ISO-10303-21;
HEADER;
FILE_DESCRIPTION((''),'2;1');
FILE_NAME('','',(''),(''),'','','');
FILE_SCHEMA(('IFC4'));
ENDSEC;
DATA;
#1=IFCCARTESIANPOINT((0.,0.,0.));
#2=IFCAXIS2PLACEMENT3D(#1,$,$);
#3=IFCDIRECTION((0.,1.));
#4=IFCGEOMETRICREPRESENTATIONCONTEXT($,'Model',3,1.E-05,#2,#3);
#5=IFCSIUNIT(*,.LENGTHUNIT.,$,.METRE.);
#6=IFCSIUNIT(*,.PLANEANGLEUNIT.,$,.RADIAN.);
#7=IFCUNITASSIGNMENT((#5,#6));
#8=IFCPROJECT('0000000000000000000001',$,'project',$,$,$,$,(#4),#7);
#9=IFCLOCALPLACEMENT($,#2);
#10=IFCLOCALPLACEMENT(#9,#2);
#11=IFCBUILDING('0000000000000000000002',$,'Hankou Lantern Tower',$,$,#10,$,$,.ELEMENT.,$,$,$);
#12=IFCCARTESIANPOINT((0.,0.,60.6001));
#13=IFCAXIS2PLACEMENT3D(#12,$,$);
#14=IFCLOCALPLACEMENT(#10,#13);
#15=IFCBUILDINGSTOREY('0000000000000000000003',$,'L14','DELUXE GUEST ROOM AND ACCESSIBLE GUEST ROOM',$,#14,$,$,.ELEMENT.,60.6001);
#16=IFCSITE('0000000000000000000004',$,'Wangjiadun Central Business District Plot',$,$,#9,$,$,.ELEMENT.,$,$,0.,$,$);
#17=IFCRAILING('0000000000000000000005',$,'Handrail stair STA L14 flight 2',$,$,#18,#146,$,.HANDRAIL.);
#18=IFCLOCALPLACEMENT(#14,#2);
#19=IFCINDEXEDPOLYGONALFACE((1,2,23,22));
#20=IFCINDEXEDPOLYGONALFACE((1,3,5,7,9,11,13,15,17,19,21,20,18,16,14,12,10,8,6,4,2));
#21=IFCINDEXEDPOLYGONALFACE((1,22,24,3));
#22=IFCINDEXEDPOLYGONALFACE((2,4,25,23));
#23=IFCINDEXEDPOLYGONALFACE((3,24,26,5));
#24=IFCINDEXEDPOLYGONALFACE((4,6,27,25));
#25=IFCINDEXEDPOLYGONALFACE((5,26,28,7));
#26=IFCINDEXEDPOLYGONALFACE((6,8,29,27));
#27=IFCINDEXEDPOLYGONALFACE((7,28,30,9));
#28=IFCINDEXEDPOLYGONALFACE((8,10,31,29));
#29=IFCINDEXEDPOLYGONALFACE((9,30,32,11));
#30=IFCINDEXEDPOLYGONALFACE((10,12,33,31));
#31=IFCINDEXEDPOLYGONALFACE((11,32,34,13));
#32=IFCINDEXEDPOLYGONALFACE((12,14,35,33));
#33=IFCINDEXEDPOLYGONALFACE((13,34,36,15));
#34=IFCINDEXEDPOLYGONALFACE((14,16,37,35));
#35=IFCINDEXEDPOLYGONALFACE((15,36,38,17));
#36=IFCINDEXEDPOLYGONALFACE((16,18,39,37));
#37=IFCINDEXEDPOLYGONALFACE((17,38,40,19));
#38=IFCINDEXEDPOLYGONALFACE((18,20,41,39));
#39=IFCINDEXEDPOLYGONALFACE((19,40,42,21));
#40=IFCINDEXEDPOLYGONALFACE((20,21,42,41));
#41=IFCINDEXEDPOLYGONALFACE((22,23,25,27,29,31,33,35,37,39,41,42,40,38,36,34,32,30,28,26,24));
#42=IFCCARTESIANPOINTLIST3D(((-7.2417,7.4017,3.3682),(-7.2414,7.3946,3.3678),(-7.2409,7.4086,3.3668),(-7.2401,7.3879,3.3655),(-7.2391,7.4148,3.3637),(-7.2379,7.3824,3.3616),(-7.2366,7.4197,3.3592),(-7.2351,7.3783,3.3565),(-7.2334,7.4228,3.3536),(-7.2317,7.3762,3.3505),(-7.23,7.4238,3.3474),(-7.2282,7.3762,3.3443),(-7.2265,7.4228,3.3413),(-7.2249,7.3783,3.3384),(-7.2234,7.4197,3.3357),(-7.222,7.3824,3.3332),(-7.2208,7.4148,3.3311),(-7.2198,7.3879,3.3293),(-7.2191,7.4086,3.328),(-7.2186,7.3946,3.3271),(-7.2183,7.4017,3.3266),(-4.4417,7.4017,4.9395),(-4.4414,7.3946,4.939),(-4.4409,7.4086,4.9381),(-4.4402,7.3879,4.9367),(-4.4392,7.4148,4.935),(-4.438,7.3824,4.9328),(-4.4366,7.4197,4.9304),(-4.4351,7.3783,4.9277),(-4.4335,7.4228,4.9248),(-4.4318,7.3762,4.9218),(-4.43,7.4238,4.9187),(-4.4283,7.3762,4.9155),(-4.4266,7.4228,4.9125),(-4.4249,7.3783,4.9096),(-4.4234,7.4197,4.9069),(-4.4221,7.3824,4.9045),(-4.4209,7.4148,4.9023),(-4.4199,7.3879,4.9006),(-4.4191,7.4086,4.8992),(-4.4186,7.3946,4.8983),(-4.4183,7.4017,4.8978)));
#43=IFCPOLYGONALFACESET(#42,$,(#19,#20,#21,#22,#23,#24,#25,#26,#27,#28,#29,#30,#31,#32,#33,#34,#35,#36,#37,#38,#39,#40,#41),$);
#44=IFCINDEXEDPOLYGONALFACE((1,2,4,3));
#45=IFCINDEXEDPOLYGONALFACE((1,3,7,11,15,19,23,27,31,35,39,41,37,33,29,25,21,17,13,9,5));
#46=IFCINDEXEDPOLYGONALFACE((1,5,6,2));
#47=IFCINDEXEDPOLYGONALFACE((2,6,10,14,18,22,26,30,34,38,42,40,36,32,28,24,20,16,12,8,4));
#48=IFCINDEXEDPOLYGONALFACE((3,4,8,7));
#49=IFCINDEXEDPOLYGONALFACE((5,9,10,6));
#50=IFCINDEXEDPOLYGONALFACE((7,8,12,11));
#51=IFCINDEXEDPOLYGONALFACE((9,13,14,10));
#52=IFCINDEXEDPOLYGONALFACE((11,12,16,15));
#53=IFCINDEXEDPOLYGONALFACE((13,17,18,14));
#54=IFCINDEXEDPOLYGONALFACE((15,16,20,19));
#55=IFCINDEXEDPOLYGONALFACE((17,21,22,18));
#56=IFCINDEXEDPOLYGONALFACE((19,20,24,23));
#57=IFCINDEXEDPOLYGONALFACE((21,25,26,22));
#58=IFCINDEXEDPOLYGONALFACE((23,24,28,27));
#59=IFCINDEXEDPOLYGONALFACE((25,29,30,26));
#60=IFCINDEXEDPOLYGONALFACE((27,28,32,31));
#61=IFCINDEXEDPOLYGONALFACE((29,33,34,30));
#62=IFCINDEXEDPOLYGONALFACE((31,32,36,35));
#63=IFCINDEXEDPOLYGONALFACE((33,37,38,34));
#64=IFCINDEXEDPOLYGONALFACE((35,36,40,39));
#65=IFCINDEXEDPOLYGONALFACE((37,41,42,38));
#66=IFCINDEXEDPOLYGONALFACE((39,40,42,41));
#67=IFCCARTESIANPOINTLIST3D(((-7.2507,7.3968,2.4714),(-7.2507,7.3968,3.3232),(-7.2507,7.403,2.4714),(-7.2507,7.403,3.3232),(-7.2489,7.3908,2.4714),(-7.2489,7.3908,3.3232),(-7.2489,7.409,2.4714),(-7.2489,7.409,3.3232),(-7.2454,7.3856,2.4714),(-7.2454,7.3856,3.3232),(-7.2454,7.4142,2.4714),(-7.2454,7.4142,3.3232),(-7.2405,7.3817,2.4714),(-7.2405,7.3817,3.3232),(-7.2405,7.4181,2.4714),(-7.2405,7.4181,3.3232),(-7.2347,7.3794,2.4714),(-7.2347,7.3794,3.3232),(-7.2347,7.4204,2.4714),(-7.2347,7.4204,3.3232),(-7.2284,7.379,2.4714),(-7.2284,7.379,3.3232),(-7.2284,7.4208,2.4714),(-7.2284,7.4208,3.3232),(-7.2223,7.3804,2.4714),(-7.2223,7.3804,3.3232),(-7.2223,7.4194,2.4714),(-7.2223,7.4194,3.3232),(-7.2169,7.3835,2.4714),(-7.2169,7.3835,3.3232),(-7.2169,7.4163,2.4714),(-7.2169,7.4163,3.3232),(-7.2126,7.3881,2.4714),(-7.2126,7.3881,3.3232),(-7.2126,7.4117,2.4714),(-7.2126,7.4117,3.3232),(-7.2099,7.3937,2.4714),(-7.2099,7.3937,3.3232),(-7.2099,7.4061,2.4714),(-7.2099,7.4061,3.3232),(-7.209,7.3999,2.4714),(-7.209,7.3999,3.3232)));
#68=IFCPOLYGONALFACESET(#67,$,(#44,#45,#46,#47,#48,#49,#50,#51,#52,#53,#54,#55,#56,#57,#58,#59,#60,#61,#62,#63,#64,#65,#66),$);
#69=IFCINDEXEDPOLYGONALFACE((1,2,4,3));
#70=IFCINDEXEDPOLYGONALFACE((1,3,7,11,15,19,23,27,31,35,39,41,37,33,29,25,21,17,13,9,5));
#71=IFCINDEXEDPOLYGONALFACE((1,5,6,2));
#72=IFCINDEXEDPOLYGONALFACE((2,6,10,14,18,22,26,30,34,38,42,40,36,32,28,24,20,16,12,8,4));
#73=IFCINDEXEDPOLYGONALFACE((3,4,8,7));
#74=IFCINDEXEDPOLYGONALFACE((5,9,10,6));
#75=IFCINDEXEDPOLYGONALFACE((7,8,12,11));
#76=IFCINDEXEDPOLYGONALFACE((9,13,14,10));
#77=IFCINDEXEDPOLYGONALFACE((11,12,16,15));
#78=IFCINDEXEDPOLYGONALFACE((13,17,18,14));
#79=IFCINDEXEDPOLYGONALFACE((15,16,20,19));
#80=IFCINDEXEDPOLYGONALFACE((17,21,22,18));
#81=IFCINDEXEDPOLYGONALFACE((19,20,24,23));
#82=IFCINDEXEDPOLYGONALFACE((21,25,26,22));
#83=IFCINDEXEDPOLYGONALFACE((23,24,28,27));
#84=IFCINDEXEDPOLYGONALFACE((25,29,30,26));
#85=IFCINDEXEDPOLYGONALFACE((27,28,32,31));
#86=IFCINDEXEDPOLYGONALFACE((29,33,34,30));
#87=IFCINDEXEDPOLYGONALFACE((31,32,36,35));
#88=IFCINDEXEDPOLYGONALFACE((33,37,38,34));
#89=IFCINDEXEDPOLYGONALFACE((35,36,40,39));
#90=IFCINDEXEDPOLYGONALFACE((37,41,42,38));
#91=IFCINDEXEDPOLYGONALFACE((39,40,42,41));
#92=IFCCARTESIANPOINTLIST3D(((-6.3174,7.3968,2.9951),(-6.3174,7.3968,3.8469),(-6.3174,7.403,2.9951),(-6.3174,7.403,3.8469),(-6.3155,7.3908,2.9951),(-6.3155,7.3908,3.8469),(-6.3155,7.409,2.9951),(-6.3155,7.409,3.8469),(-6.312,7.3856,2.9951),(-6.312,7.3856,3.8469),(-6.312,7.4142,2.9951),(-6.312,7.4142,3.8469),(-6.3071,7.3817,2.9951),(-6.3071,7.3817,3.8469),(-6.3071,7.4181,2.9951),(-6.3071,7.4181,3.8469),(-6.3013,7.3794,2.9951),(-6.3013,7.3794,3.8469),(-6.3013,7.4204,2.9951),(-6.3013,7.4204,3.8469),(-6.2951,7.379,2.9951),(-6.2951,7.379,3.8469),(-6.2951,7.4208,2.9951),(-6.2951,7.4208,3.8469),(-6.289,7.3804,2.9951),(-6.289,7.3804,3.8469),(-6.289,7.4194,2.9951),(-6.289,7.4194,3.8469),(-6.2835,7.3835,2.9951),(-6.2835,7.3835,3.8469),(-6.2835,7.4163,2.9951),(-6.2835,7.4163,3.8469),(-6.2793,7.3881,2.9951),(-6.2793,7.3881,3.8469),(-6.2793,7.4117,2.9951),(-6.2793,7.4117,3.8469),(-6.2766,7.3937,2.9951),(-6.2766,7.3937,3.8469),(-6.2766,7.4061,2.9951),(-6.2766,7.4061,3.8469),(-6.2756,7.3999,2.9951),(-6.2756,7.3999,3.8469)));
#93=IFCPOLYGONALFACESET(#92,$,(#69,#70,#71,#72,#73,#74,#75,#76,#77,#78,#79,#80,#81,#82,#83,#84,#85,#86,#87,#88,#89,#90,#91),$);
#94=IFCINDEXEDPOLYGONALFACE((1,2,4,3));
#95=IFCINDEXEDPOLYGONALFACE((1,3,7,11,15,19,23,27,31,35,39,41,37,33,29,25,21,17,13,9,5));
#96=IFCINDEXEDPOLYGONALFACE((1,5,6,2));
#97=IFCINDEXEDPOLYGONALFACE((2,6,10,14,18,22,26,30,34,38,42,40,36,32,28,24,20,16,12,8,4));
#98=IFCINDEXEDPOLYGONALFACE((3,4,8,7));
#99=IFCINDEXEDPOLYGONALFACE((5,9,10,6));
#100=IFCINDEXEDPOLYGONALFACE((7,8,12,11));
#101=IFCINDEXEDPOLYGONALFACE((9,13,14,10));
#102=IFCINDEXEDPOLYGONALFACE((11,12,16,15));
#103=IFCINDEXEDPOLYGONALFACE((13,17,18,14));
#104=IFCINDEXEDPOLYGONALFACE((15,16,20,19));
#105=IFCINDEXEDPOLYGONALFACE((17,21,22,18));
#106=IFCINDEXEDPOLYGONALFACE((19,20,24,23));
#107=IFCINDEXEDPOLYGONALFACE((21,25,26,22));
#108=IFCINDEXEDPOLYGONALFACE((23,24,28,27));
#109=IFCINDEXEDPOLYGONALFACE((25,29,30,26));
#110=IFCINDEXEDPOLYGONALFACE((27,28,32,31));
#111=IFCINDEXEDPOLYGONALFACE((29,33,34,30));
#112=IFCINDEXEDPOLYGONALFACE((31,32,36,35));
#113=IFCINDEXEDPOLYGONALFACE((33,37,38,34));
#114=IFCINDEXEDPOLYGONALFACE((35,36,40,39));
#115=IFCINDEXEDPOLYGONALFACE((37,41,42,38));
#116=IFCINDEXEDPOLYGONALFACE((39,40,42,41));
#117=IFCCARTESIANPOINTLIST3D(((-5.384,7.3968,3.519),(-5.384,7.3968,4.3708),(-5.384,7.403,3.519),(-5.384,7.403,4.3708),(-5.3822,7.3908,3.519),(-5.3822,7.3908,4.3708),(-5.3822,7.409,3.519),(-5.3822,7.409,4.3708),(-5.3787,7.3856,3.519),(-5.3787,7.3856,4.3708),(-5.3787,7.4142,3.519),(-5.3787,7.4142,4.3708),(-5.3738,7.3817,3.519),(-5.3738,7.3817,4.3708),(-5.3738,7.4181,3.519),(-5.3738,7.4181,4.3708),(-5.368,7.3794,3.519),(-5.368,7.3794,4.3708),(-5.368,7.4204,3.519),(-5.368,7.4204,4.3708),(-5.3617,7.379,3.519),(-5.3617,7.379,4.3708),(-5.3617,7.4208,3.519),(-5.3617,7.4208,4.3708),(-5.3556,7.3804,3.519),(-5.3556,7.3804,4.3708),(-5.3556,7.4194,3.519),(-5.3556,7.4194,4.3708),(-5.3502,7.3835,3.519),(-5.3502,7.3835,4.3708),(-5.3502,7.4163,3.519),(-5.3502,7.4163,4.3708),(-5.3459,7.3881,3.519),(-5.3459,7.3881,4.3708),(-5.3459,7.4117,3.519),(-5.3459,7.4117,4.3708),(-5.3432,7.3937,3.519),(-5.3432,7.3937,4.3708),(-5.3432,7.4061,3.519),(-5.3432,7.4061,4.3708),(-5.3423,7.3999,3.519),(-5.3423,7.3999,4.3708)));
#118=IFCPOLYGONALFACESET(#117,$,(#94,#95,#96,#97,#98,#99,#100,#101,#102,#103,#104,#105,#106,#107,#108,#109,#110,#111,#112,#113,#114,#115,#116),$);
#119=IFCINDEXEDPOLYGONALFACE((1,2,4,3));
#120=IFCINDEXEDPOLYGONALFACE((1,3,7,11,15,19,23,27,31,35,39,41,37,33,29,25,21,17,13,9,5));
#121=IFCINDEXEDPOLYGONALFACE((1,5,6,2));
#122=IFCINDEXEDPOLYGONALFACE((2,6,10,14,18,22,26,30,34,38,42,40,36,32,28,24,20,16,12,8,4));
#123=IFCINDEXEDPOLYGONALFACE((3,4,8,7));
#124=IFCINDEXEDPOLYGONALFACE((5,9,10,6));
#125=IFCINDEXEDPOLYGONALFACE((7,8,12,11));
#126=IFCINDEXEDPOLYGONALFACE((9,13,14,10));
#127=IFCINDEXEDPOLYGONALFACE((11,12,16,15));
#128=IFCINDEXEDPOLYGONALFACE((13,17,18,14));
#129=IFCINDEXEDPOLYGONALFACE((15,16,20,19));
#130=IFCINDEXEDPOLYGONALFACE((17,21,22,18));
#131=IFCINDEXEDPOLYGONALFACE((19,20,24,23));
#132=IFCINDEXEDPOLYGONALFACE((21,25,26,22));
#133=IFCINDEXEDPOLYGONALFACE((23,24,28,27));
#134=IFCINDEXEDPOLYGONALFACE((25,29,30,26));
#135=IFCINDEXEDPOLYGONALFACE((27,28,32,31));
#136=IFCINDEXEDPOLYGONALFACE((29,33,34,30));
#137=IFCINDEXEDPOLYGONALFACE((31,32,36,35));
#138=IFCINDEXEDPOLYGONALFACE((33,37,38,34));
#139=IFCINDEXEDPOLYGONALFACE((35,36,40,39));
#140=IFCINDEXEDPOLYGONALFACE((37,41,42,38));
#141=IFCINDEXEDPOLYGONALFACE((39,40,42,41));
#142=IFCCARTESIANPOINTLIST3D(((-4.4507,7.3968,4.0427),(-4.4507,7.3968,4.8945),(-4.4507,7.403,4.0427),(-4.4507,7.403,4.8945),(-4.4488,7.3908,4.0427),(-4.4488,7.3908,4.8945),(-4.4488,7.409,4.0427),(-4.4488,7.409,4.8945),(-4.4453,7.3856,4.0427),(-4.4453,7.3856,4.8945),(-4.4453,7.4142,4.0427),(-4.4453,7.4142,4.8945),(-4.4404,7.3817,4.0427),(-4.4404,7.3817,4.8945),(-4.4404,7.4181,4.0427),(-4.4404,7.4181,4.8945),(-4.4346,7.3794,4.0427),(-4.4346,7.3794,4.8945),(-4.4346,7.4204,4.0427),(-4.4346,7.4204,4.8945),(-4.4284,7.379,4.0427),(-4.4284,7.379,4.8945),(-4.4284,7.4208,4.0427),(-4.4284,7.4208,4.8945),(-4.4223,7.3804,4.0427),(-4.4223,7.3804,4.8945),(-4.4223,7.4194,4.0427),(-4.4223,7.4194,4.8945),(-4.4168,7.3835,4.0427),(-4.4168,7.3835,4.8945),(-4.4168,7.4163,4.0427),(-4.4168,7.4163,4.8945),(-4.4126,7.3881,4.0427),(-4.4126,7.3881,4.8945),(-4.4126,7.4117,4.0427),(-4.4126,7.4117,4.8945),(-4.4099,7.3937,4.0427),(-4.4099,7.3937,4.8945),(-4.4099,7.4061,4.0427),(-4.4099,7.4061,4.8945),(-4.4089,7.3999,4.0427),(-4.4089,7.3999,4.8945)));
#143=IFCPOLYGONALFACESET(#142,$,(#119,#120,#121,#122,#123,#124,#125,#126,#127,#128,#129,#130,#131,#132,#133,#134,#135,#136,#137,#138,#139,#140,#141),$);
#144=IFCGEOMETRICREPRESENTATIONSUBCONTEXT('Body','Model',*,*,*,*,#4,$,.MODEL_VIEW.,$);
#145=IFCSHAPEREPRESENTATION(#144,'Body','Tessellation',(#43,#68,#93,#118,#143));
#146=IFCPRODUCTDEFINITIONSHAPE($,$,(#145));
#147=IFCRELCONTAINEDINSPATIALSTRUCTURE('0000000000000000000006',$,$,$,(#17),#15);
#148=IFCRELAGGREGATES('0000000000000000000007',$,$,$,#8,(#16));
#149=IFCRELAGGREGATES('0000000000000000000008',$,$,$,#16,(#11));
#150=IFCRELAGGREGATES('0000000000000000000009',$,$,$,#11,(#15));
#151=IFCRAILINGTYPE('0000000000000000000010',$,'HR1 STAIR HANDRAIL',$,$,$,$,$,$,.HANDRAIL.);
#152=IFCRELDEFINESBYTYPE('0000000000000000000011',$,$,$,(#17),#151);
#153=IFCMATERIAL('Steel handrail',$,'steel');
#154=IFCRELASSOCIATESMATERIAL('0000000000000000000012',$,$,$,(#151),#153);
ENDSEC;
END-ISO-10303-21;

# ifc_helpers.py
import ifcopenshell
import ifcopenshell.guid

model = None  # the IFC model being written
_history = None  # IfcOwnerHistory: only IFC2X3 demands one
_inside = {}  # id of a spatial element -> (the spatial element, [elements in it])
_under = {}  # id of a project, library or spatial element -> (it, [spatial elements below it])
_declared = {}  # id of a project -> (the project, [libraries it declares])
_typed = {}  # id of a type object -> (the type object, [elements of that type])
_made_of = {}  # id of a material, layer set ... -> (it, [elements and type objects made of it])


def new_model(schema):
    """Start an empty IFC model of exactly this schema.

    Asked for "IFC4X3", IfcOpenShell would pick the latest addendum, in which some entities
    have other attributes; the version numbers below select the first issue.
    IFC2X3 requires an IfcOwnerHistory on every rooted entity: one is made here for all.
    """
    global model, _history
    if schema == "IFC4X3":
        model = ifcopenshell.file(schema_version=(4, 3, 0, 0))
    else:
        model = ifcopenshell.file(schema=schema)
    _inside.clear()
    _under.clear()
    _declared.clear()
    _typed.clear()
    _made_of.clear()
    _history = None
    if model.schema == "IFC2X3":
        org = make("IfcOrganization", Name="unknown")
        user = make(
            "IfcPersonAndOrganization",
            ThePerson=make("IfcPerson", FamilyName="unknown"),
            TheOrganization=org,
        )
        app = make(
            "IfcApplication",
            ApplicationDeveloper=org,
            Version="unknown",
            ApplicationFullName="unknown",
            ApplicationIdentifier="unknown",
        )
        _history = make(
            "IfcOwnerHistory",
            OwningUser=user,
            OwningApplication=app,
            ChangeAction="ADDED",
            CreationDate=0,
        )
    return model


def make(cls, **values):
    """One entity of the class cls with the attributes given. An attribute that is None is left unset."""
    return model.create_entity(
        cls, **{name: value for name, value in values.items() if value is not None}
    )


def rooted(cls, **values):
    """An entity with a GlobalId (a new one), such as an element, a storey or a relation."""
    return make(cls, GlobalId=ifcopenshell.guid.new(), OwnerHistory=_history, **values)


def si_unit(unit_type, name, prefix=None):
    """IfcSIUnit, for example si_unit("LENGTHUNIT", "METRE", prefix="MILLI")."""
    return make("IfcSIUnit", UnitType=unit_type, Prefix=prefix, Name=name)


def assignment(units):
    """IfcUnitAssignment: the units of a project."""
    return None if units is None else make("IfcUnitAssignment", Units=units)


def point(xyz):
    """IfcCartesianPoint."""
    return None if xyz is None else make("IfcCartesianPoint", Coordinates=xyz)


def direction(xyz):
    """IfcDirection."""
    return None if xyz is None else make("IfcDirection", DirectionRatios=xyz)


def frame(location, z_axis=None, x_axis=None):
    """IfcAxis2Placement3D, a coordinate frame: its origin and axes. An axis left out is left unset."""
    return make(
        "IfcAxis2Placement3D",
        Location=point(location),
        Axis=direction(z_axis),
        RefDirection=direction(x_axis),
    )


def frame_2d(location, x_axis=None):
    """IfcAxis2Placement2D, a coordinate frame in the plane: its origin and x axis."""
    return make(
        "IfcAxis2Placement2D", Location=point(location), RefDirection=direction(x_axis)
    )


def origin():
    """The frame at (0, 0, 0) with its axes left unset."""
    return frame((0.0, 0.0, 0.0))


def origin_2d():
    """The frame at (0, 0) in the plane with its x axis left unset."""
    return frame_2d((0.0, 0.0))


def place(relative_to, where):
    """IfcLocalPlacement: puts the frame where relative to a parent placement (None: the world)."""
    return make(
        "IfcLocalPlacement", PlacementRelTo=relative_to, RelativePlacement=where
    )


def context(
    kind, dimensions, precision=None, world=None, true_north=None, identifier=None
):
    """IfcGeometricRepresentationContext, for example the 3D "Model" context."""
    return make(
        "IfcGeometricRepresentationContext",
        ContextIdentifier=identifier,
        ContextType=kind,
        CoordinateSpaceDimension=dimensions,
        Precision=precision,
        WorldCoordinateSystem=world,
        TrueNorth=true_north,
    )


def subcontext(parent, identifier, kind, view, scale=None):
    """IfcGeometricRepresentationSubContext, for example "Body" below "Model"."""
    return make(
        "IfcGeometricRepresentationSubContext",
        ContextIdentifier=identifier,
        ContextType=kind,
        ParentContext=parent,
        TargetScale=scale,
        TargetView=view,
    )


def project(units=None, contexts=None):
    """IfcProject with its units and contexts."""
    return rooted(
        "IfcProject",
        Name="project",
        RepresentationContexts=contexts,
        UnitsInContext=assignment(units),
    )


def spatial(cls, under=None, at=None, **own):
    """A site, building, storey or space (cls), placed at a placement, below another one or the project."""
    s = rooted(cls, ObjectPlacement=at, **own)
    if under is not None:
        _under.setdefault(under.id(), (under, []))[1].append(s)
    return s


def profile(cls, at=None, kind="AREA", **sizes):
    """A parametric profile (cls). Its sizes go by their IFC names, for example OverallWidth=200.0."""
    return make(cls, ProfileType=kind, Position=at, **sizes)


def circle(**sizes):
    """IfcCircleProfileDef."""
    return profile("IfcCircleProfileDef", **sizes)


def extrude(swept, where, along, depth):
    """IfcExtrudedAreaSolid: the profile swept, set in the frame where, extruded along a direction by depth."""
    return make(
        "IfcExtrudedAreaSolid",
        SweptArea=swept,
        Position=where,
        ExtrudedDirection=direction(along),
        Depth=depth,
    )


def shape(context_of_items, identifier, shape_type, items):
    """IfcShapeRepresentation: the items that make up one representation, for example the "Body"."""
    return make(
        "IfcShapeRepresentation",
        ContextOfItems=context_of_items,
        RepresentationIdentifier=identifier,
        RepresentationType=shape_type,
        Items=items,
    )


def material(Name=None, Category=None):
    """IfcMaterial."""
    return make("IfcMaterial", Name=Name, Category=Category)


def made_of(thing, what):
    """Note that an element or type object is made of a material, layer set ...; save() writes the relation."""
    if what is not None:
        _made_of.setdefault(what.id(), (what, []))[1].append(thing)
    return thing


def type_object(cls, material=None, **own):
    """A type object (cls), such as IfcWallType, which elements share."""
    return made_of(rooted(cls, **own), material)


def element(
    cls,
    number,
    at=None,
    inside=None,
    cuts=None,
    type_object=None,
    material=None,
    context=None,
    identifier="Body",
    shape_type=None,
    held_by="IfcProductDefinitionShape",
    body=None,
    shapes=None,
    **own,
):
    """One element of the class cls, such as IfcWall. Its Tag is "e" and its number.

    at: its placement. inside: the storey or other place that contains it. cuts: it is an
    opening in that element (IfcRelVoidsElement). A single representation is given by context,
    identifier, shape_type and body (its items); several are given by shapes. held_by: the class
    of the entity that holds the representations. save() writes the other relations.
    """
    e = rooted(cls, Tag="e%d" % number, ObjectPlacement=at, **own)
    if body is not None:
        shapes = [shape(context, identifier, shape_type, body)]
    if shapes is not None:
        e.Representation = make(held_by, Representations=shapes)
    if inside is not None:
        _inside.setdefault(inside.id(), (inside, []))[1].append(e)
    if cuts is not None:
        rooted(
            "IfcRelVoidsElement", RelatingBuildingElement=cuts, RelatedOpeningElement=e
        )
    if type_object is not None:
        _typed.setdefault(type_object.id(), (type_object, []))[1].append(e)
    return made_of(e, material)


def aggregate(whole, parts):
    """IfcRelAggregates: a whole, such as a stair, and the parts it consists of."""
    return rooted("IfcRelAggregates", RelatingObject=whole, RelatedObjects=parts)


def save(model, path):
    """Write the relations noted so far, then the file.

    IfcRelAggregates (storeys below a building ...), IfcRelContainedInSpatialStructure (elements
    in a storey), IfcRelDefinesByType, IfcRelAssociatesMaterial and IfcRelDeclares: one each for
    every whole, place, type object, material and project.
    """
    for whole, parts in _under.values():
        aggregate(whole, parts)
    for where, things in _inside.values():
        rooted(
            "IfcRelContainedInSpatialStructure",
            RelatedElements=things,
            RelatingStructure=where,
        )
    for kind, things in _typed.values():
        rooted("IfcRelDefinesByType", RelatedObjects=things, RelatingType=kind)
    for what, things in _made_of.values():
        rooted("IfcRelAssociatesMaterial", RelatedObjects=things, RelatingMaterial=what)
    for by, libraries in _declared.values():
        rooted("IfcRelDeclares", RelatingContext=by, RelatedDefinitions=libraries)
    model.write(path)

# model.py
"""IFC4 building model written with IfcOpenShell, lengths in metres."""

from ifc_helpers import new_model, si_unit, direction, frame, origin, origin_2d, place, context, subcontext, project, spatial, circle, extrude, material, type_object, element, save


model = new_model("IFC4")

# Units and contexts
model_context = context("Model", 3, precision=1e-05, world=origin(), true_north=direction((0.0, 1.0)))
body_context = subcontext(model_context, "Body", "Model", "MODEL_VIEW")
ifc_project = project(units=[si_unit("LENGTHUNIT", "METRE"), si_unit("PLANEANGLEUNIT", "RADIAN")], contexts=[model_context])

# Site, building, storey
site_placement = place(None, origin())
site = spatial("IfcSite", under=ifc_project, at=site_placement, Name="Wangjiadun Central Business District Plot", CompositionType="ELEMENT", RefElevation=0.0)
building_placement = place(site_placement, origin())
building = spatial("IfcBuilding", under=site, at=building_placement, Name="Hankou Lantern Tower", CompositionType="ELEMENT")
storey_placement = place(building_placement, frame((0.0, 0.0, 60.6001)))
storey = spatial("IfcBuildingStorey", under=building, at=storey_placement, Name="L14", Description="DELUXE GUEST ROOM AND ACCESSIBLE GUEST ROOM", CompositionType="ELEMENT", Elevation=60.6001)

# Railing
ifc_material_1 = material(Name="Steel handrail", Category="steel")
railing_type = type_object("IfcRailingType", Name="HR1 STAIR HANDRAIL", PredefinedType="HANDRAIL", material=ifc_material_1)
railing_1_placement = place(storey_placement, frame((-7.23, 7.3999, 2.4714)))
element("IfcRailing", 1, at=railing_1_placement, inside=storey, type_object=railing_type, Name="Handrail stair STA L14 flight 2", PredefinedType="HANDRAIL", context=body_context, shape_type="SweptSolid", body=[
    extrude(circle(Radius=0.0239, at=origin_2d()), frame((0.0, 0.0, 0.876), z_axis=(0.872073, 0.0, 0.489377), x_axis=(0.0, 1.0, 0.0)), (0.0, 0.0, 1.0), 3.2107),
    extrude(circle(Radius=0.021, at=origin_2d()), origin(), (0.0, 0.0, 1.0), 0.8518),
    extrude(circle(Radius=0.021, at=origin_2d()), frame((0.9333, 0.0, 0.5237)), (0.0, 0.0, 1.0), 0.8518),
    extrude(circle(Radius=0.021, at=origin_2d()), frame((1.8667, 0.0, 1.0476)), (0.0, 0.0, 1.0), 0.8518),
    extrude(circle(Radius=0.021, at=origin_2d()), frame((2.8, 0.0, 1.5713)), (0.0, 0.0, 1.0), 0.8518),
])

save(model, "model.ifc")
